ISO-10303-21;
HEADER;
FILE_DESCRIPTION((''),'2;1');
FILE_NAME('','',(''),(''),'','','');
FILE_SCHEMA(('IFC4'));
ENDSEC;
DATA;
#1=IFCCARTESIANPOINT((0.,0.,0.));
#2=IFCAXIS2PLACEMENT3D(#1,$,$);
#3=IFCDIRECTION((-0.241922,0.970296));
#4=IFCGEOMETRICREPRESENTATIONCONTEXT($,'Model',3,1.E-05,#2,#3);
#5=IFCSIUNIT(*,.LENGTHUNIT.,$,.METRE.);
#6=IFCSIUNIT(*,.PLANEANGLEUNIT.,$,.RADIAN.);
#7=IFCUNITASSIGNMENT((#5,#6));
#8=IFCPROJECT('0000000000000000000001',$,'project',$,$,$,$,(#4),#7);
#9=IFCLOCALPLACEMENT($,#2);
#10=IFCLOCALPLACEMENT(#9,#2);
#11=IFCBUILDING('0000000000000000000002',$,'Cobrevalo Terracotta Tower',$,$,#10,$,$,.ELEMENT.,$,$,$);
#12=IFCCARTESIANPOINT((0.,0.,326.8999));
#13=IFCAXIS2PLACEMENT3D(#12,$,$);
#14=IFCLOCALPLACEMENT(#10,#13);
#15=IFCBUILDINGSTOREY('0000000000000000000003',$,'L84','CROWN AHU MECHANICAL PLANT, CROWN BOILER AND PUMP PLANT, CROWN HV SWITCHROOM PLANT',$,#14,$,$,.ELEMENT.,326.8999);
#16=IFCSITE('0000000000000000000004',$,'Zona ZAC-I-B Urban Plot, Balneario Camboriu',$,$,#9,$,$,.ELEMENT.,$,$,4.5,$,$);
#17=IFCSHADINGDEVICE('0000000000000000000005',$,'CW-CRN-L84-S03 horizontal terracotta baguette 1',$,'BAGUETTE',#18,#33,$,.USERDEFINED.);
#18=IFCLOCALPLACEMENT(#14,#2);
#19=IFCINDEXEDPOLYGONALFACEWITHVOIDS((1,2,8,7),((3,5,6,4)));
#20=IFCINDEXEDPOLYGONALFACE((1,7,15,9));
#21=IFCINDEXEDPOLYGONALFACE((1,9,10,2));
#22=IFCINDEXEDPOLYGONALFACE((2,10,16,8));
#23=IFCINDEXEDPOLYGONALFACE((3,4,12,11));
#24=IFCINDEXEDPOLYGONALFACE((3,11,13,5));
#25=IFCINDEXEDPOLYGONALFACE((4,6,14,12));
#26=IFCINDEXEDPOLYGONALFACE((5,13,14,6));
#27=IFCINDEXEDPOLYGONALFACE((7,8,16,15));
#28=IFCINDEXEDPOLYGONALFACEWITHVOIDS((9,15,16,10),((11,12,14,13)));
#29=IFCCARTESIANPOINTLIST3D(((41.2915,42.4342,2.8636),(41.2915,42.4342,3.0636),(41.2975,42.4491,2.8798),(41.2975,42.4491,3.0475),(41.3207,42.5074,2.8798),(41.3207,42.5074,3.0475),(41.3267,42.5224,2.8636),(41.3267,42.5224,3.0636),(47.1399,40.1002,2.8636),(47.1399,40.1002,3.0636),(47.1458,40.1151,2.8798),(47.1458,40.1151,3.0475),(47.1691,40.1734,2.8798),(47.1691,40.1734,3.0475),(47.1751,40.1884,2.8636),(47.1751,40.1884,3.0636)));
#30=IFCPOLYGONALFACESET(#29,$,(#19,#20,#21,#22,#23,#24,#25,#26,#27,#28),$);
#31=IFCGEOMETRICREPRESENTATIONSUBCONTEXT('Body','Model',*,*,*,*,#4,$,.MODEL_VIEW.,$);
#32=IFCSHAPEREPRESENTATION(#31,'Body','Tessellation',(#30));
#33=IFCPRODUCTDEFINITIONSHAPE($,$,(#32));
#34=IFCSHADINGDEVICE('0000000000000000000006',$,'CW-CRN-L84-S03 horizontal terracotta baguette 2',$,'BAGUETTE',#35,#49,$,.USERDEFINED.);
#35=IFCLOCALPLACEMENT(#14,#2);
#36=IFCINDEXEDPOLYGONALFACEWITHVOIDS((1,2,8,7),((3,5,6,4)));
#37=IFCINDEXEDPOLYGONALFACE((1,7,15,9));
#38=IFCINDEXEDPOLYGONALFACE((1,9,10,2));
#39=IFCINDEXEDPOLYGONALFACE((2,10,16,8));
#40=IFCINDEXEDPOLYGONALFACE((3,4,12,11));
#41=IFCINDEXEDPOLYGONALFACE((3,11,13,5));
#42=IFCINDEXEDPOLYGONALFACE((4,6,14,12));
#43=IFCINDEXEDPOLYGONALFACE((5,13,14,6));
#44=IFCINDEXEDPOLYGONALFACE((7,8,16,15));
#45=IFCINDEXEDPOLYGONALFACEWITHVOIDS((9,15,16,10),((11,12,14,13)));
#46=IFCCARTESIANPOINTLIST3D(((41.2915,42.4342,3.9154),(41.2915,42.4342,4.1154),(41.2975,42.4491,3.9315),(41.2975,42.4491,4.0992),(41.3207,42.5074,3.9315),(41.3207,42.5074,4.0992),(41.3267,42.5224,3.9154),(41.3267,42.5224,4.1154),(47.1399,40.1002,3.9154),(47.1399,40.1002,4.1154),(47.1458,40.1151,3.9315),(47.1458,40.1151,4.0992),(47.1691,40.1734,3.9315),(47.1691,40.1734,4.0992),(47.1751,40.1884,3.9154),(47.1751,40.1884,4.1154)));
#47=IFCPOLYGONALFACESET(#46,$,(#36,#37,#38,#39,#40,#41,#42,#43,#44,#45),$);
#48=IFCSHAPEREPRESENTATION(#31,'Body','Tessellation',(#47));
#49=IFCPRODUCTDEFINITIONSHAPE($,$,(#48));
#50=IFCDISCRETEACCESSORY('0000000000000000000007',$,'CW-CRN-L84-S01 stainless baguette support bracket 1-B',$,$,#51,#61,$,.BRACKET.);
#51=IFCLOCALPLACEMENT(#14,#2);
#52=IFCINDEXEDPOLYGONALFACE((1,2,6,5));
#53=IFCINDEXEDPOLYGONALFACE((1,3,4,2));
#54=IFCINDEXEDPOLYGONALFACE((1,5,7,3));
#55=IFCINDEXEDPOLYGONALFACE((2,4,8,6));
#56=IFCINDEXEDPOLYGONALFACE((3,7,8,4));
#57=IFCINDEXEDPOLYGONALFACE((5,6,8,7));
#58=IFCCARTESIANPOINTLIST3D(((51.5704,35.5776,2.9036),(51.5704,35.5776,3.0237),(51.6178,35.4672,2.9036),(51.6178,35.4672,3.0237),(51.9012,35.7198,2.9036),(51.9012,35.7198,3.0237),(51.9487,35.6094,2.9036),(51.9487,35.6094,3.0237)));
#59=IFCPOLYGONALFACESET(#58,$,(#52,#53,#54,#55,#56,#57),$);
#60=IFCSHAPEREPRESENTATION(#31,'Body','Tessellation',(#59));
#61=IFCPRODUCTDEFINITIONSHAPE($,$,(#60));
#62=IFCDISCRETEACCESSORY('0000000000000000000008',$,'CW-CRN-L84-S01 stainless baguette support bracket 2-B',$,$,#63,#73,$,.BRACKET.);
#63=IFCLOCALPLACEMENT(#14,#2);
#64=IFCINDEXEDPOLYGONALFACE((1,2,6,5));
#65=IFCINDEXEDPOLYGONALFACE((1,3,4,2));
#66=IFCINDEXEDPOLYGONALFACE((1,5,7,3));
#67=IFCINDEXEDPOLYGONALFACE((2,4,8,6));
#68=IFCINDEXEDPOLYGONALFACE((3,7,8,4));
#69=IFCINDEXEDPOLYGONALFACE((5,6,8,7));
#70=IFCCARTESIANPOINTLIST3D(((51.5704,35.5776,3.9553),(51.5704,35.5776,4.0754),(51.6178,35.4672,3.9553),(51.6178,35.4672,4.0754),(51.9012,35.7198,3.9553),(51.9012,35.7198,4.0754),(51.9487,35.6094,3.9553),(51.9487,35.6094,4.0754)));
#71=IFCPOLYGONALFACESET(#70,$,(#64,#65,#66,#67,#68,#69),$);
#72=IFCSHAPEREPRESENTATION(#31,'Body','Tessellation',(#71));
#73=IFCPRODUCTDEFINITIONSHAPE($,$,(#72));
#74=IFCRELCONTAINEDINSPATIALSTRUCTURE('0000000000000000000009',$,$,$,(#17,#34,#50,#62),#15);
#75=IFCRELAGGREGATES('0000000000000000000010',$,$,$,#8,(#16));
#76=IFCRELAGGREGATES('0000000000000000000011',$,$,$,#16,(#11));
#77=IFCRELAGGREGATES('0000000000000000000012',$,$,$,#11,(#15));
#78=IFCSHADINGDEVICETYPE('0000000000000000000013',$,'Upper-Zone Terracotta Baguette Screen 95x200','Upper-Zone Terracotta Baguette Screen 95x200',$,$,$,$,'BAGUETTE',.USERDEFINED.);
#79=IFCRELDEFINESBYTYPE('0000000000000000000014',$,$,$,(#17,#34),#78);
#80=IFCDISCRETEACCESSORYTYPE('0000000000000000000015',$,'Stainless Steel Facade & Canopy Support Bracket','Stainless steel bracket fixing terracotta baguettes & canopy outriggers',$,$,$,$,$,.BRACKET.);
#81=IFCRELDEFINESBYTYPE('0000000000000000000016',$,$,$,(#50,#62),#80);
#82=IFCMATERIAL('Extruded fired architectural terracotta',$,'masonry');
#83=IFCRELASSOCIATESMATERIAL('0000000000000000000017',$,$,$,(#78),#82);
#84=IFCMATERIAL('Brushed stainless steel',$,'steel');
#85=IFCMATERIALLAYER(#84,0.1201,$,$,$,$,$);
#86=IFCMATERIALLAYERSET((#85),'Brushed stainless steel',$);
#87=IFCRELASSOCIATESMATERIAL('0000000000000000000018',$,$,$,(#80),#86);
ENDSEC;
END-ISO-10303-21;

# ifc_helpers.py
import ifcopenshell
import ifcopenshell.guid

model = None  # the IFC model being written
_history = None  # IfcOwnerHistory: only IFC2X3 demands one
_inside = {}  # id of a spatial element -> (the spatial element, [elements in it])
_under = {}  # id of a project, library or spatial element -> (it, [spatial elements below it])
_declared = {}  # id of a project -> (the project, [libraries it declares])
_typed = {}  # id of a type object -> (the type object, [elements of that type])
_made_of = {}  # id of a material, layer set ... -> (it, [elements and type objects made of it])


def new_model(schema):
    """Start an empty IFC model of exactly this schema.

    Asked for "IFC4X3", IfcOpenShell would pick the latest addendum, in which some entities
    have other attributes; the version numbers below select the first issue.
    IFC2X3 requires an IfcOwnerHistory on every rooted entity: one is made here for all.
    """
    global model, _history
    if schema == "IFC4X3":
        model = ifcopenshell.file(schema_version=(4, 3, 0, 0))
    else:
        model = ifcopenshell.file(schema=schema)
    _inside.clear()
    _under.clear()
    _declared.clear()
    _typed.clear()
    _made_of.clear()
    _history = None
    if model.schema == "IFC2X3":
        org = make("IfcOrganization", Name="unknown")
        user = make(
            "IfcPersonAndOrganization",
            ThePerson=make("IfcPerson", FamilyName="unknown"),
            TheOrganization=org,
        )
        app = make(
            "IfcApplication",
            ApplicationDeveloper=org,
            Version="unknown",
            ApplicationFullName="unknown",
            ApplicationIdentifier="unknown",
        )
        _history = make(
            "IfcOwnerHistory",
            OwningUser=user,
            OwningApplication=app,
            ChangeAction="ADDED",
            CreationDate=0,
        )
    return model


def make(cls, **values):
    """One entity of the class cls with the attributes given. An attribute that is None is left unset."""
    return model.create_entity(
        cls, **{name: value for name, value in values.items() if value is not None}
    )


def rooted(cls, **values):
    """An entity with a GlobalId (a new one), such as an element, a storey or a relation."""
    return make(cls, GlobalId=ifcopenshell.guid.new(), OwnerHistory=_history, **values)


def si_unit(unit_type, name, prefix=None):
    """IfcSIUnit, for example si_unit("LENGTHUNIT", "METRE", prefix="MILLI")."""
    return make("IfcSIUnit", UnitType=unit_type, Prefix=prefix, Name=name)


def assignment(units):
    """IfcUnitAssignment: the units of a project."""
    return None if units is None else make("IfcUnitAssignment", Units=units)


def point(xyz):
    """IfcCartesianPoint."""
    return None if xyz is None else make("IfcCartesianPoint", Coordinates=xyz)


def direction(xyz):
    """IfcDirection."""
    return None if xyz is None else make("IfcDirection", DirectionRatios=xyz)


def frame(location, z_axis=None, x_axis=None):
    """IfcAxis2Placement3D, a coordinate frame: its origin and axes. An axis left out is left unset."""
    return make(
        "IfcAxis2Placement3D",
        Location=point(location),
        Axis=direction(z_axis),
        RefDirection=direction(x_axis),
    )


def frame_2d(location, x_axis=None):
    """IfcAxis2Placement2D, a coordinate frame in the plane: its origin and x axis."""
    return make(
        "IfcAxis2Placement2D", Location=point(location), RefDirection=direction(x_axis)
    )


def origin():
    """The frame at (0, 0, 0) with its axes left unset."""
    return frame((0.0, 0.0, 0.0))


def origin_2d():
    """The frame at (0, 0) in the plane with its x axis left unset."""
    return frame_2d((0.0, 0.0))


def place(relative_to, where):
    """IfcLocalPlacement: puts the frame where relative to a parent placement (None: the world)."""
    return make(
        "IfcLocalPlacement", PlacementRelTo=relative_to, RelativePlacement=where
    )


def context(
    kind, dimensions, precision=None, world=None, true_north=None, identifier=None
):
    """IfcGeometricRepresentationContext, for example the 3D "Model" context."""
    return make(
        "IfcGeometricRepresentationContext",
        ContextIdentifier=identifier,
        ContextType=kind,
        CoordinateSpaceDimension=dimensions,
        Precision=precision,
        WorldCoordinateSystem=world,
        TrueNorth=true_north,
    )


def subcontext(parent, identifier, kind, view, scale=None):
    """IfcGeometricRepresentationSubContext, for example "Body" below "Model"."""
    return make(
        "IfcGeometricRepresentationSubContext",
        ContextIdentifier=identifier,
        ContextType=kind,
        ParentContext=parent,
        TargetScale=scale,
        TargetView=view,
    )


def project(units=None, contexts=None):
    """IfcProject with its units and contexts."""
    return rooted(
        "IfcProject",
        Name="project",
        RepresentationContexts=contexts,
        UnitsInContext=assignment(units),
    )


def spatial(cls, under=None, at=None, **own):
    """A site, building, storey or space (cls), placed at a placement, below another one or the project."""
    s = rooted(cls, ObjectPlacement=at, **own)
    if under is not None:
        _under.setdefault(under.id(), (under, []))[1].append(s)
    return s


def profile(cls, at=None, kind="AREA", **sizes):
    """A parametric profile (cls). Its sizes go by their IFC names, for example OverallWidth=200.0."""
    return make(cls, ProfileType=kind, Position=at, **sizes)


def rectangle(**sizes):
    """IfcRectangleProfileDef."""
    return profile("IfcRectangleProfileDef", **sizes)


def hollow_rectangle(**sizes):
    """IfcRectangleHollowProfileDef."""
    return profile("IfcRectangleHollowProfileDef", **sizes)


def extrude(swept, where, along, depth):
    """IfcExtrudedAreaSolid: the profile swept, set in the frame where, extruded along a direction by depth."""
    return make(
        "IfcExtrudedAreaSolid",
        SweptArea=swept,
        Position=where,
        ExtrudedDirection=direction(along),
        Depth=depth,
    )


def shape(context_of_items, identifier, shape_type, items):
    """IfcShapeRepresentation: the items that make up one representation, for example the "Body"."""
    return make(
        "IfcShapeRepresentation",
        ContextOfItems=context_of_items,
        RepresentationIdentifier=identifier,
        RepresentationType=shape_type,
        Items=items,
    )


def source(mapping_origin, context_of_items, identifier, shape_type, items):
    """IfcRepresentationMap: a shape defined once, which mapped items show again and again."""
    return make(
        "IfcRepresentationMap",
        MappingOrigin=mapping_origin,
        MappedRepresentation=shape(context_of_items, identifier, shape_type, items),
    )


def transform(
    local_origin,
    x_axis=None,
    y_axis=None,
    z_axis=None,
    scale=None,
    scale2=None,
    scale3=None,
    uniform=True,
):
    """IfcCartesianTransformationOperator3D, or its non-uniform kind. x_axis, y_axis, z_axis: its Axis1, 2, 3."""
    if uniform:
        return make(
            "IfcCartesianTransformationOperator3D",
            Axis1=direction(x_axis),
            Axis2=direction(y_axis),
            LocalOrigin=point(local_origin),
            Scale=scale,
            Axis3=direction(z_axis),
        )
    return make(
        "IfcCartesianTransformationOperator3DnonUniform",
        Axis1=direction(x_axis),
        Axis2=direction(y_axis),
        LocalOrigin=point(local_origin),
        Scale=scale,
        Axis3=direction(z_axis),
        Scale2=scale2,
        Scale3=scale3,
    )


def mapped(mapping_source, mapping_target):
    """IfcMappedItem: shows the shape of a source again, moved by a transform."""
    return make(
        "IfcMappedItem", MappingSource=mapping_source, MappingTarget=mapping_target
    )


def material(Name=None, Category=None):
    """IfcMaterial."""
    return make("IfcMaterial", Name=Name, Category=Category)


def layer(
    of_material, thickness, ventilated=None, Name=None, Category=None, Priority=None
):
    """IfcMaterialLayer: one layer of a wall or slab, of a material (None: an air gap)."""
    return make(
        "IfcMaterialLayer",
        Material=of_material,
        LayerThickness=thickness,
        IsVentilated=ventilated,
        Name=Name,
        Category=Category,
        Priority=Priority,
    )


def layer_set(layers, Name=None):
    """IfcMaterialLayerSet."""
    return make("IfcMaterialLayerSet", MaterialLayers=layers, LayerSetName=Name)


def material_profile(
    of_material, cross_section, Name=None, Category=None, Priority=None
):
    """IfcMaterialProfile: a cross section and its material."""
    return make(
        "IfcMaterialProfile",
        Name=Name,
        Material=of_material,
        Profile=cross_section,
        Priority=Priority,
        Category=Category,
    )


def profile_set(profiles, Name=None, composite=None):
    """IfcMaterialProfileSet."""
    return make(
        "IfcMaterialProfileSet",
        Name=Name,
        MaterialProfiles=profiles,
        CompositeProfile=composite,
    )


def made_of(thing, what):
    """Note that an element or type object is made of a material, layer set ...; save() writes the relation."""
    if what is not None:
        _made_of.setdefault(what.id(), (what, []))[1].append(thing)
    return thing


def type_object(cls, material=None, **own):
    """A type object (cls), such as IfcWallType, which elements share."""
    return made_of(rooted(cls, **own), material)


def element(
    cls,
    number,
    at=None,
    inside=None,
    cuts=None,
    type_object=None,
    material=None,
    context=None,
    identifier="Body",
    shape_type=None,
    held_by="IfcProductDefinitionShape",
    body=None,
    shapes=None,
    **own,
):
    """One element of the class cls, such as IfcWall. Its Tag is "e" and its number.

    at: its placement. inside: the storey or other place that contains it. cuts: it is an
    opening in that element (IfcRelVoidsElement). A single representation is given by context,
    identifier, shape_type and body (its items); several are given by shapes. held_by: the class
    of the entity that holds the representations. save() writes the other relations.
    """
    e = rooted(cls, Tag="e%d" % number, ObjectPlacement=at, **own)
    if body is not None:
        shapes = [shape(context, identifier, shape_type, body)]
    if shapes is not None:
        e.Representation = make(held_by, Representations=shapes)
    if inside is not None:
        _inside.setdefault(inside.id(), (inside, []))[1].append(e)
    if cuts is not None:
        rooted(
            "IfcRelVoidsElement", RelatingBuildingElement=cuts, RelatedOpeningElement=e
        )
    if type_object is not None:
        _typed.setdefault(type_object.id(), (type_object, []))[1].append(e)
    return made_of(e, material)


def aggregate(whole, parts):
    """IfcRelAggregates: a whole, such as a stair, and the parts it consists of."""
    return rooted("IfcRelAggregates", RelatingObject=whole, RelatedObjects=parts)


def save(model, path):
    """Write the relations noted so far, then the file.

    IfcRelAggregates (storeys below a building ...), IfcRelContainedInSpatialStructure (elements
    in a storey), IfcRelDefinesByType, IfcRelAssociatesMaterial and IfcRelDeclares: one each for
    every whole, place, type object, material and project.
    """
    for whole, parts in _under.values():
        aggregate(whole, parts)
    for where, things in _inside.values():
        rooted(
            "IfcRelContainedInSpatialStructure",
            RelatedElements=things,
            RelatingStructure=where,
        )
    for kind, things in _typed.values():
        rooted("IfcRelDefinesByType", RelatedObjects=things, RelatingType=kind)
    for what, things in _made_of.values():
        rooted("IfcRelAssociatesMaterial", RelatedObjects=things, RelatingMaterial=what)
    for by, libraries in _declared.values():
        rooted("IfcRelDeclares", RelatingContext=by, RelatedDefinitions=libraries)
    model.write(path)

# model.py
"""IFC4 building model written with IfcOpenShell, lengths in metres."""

from ifc_helpers import new_model, si_unit, direction, frame, origin, origin_2d, place, context, subcontext, project, spatial, rectangle, hollow_rectangle, extrude, source, transform, mapped, material, layer, layer_set, material_profile, profile_set, type_object, element, save


model = new_model("IFC4")

# Units and contexts
model_context = context("Model", 3, precision=1e-05, world=origin(), true_north=direction((-0.241922, 0.970296)))
body_context = subcontext(model_context, "Body", "Model", "MODEL_VIEW")
ifc_project = project(units=[si_unit("LENGTHUNIT", "METRE"), si_unit("PLANEANGLEUNIT", "RADIAN")], contexts=[model_context])

# Site, building, storey
site_placement = place(None, origin())
site = spatial("IfcSite", under=ifc_project, at=site_placement, Name="Zona ZAC-I-B Urban Plot, Balneario Camboriu", CompositionType="ELEMENT", RefElevation=4.5)
building_placement = place(site_placement, origin())
building = spatial("IfcBuilding", under=site, at=building_placement, Name="Cobrevalo Terracotta Tower", CompositionType="ELEMENT")
storey_placement = place(building_placement, frame((0.0, 0.0, 326.8999)))
storey = spatial("IfcBuildingStorey", under=building, at=storey_placement, Name="L84", Description="CROWN AHU MECHANICAL PLANT, CROWN BOILER AND PUMP PLANT, CROWN HV SWITCHROOM PLANT", CompositionType="ELEMENT", Elevation=326.8999)

# Shading devices
ifc_material_1 = material(Name="Extruded fired architectural terracotta", Category="masonry")
ifc_material_profile_1 = material_profile(ifc_material_1, hollow_rectangle(XDim=0.095, YDim=0.2, WallThickness=0.0161, at=origin_2d()), Name="BAGUETTE 95x200")
ifc_profile_set_1 = profile_set([ifc_material_profile_1], Name="Extruded fired architectural terracotta")
shading_device_type = type_object("IfcShadingDeviceType", Name="Upper-Zone Terracotta Baguette Screen 95x200", Description="Upper-Zone Terracotta Baguette Screen 95x200", ElementType="BAGUETTE", PredefinedType="USERDEFINED", material=ifc_profile_set_1)
shared_shape_1 = source(origin(), body_context, "Body", "SweptSolid", [
    extrude(hollow_rectangle(XDim=0.095, YDim=0.2, WallThickness=0.0161, at=origin_2d()), origin(), (0.0, 0.0, 1.0), 6.2969),
])
for number, where, z_axis, x_axis, name in (
    (1, (47.1575, 40.1443, 2.9636), (-0.928771, 0.370655, 0.0), (-0.370655, -0.928771, 0.0), "CW-CRN-L84-S03 horizontal terracotta baguette 1"),
    (2, (47.1575, 40.1443, 4.0154), (-0.928771, 0.370655, 0.0), (-0.370655, -0.928771, 0.0), "CW-CRN-L84-S03 horizontal terracotta baguette 2"),
):
    element("IfcShadingDevice", number, at=place(storey_placement, frame(where, z_axis=z_axis, x_axis=x_axis)), inside=storey, type_object=shading_device_type, Name=name, ObjectType="BAGUETTE", PredefinedType="USERDEFINED", context=body_context, shape_type="MappedRepresentation", body=[
        mapped(shared_shape_1, transform((0.0, 0.0, 0.0), scale=1.0)),
    ])

# Discrete accessories
ifc_material_2 = material(Name="Brushed stainless steel", Category="steel")
ifc_layer_1 = layer(ifc_material_2, 0.1201)
ifc_layer_set_1 = layer_set([ifc_layer_1], Name="Brushed stainless steel")
discrete_accessory_type = type_object("IfcDiscreteAccessoryType", Name="Stainless Steel Facade & Canopy Support Bracket", Description="Stainless steel bracket fixing terracotta baguettes & canopy outriggers", PredefinedType="BRACKET", material=ifc_layer_set_1)
shared_shape_2 = source(origin(), body_context, "Body", "SweptSolid", [
    extrude(rectangle(XDim=0.1201, YDim=0.3601, at=origin_2d()), origin(), (0.0, 0.0, 1.0), 0.1201),
])
for number, where, z_axis, x_axis, name in (
    (3, (51.7595, 35.5935, 2.9036), (0.0, 0.0, 1.0), (-0.39496, 0.918698, 0.0), "CW-CRN-L84-S01 stainless baguette support bracket 1-B"),
    (4, (51.7595, 35.5935, 3.9553), (0.0, 0.0, 1.0), (-0.39496, 0.918698, 0.0), "CW-CRN-L84-S01 stainless baguette support bracket 2-B"),
):
    element("IfcDiscreteAccessory", number, at=place(storey_placement, frame(where, z_axis=z_axis, x_axis=x_axis)), inside=storey, type_object=discrete_accessory_type, Name=name, PredefinedType="BRACKET", context=body_context, shape_type="MappedRepresentation", body=[
        mapped(shared_shape_2, transform((0.0, 0.0, 0.0), scale=1.0)),
    ])

save(model, "model.ifc")
